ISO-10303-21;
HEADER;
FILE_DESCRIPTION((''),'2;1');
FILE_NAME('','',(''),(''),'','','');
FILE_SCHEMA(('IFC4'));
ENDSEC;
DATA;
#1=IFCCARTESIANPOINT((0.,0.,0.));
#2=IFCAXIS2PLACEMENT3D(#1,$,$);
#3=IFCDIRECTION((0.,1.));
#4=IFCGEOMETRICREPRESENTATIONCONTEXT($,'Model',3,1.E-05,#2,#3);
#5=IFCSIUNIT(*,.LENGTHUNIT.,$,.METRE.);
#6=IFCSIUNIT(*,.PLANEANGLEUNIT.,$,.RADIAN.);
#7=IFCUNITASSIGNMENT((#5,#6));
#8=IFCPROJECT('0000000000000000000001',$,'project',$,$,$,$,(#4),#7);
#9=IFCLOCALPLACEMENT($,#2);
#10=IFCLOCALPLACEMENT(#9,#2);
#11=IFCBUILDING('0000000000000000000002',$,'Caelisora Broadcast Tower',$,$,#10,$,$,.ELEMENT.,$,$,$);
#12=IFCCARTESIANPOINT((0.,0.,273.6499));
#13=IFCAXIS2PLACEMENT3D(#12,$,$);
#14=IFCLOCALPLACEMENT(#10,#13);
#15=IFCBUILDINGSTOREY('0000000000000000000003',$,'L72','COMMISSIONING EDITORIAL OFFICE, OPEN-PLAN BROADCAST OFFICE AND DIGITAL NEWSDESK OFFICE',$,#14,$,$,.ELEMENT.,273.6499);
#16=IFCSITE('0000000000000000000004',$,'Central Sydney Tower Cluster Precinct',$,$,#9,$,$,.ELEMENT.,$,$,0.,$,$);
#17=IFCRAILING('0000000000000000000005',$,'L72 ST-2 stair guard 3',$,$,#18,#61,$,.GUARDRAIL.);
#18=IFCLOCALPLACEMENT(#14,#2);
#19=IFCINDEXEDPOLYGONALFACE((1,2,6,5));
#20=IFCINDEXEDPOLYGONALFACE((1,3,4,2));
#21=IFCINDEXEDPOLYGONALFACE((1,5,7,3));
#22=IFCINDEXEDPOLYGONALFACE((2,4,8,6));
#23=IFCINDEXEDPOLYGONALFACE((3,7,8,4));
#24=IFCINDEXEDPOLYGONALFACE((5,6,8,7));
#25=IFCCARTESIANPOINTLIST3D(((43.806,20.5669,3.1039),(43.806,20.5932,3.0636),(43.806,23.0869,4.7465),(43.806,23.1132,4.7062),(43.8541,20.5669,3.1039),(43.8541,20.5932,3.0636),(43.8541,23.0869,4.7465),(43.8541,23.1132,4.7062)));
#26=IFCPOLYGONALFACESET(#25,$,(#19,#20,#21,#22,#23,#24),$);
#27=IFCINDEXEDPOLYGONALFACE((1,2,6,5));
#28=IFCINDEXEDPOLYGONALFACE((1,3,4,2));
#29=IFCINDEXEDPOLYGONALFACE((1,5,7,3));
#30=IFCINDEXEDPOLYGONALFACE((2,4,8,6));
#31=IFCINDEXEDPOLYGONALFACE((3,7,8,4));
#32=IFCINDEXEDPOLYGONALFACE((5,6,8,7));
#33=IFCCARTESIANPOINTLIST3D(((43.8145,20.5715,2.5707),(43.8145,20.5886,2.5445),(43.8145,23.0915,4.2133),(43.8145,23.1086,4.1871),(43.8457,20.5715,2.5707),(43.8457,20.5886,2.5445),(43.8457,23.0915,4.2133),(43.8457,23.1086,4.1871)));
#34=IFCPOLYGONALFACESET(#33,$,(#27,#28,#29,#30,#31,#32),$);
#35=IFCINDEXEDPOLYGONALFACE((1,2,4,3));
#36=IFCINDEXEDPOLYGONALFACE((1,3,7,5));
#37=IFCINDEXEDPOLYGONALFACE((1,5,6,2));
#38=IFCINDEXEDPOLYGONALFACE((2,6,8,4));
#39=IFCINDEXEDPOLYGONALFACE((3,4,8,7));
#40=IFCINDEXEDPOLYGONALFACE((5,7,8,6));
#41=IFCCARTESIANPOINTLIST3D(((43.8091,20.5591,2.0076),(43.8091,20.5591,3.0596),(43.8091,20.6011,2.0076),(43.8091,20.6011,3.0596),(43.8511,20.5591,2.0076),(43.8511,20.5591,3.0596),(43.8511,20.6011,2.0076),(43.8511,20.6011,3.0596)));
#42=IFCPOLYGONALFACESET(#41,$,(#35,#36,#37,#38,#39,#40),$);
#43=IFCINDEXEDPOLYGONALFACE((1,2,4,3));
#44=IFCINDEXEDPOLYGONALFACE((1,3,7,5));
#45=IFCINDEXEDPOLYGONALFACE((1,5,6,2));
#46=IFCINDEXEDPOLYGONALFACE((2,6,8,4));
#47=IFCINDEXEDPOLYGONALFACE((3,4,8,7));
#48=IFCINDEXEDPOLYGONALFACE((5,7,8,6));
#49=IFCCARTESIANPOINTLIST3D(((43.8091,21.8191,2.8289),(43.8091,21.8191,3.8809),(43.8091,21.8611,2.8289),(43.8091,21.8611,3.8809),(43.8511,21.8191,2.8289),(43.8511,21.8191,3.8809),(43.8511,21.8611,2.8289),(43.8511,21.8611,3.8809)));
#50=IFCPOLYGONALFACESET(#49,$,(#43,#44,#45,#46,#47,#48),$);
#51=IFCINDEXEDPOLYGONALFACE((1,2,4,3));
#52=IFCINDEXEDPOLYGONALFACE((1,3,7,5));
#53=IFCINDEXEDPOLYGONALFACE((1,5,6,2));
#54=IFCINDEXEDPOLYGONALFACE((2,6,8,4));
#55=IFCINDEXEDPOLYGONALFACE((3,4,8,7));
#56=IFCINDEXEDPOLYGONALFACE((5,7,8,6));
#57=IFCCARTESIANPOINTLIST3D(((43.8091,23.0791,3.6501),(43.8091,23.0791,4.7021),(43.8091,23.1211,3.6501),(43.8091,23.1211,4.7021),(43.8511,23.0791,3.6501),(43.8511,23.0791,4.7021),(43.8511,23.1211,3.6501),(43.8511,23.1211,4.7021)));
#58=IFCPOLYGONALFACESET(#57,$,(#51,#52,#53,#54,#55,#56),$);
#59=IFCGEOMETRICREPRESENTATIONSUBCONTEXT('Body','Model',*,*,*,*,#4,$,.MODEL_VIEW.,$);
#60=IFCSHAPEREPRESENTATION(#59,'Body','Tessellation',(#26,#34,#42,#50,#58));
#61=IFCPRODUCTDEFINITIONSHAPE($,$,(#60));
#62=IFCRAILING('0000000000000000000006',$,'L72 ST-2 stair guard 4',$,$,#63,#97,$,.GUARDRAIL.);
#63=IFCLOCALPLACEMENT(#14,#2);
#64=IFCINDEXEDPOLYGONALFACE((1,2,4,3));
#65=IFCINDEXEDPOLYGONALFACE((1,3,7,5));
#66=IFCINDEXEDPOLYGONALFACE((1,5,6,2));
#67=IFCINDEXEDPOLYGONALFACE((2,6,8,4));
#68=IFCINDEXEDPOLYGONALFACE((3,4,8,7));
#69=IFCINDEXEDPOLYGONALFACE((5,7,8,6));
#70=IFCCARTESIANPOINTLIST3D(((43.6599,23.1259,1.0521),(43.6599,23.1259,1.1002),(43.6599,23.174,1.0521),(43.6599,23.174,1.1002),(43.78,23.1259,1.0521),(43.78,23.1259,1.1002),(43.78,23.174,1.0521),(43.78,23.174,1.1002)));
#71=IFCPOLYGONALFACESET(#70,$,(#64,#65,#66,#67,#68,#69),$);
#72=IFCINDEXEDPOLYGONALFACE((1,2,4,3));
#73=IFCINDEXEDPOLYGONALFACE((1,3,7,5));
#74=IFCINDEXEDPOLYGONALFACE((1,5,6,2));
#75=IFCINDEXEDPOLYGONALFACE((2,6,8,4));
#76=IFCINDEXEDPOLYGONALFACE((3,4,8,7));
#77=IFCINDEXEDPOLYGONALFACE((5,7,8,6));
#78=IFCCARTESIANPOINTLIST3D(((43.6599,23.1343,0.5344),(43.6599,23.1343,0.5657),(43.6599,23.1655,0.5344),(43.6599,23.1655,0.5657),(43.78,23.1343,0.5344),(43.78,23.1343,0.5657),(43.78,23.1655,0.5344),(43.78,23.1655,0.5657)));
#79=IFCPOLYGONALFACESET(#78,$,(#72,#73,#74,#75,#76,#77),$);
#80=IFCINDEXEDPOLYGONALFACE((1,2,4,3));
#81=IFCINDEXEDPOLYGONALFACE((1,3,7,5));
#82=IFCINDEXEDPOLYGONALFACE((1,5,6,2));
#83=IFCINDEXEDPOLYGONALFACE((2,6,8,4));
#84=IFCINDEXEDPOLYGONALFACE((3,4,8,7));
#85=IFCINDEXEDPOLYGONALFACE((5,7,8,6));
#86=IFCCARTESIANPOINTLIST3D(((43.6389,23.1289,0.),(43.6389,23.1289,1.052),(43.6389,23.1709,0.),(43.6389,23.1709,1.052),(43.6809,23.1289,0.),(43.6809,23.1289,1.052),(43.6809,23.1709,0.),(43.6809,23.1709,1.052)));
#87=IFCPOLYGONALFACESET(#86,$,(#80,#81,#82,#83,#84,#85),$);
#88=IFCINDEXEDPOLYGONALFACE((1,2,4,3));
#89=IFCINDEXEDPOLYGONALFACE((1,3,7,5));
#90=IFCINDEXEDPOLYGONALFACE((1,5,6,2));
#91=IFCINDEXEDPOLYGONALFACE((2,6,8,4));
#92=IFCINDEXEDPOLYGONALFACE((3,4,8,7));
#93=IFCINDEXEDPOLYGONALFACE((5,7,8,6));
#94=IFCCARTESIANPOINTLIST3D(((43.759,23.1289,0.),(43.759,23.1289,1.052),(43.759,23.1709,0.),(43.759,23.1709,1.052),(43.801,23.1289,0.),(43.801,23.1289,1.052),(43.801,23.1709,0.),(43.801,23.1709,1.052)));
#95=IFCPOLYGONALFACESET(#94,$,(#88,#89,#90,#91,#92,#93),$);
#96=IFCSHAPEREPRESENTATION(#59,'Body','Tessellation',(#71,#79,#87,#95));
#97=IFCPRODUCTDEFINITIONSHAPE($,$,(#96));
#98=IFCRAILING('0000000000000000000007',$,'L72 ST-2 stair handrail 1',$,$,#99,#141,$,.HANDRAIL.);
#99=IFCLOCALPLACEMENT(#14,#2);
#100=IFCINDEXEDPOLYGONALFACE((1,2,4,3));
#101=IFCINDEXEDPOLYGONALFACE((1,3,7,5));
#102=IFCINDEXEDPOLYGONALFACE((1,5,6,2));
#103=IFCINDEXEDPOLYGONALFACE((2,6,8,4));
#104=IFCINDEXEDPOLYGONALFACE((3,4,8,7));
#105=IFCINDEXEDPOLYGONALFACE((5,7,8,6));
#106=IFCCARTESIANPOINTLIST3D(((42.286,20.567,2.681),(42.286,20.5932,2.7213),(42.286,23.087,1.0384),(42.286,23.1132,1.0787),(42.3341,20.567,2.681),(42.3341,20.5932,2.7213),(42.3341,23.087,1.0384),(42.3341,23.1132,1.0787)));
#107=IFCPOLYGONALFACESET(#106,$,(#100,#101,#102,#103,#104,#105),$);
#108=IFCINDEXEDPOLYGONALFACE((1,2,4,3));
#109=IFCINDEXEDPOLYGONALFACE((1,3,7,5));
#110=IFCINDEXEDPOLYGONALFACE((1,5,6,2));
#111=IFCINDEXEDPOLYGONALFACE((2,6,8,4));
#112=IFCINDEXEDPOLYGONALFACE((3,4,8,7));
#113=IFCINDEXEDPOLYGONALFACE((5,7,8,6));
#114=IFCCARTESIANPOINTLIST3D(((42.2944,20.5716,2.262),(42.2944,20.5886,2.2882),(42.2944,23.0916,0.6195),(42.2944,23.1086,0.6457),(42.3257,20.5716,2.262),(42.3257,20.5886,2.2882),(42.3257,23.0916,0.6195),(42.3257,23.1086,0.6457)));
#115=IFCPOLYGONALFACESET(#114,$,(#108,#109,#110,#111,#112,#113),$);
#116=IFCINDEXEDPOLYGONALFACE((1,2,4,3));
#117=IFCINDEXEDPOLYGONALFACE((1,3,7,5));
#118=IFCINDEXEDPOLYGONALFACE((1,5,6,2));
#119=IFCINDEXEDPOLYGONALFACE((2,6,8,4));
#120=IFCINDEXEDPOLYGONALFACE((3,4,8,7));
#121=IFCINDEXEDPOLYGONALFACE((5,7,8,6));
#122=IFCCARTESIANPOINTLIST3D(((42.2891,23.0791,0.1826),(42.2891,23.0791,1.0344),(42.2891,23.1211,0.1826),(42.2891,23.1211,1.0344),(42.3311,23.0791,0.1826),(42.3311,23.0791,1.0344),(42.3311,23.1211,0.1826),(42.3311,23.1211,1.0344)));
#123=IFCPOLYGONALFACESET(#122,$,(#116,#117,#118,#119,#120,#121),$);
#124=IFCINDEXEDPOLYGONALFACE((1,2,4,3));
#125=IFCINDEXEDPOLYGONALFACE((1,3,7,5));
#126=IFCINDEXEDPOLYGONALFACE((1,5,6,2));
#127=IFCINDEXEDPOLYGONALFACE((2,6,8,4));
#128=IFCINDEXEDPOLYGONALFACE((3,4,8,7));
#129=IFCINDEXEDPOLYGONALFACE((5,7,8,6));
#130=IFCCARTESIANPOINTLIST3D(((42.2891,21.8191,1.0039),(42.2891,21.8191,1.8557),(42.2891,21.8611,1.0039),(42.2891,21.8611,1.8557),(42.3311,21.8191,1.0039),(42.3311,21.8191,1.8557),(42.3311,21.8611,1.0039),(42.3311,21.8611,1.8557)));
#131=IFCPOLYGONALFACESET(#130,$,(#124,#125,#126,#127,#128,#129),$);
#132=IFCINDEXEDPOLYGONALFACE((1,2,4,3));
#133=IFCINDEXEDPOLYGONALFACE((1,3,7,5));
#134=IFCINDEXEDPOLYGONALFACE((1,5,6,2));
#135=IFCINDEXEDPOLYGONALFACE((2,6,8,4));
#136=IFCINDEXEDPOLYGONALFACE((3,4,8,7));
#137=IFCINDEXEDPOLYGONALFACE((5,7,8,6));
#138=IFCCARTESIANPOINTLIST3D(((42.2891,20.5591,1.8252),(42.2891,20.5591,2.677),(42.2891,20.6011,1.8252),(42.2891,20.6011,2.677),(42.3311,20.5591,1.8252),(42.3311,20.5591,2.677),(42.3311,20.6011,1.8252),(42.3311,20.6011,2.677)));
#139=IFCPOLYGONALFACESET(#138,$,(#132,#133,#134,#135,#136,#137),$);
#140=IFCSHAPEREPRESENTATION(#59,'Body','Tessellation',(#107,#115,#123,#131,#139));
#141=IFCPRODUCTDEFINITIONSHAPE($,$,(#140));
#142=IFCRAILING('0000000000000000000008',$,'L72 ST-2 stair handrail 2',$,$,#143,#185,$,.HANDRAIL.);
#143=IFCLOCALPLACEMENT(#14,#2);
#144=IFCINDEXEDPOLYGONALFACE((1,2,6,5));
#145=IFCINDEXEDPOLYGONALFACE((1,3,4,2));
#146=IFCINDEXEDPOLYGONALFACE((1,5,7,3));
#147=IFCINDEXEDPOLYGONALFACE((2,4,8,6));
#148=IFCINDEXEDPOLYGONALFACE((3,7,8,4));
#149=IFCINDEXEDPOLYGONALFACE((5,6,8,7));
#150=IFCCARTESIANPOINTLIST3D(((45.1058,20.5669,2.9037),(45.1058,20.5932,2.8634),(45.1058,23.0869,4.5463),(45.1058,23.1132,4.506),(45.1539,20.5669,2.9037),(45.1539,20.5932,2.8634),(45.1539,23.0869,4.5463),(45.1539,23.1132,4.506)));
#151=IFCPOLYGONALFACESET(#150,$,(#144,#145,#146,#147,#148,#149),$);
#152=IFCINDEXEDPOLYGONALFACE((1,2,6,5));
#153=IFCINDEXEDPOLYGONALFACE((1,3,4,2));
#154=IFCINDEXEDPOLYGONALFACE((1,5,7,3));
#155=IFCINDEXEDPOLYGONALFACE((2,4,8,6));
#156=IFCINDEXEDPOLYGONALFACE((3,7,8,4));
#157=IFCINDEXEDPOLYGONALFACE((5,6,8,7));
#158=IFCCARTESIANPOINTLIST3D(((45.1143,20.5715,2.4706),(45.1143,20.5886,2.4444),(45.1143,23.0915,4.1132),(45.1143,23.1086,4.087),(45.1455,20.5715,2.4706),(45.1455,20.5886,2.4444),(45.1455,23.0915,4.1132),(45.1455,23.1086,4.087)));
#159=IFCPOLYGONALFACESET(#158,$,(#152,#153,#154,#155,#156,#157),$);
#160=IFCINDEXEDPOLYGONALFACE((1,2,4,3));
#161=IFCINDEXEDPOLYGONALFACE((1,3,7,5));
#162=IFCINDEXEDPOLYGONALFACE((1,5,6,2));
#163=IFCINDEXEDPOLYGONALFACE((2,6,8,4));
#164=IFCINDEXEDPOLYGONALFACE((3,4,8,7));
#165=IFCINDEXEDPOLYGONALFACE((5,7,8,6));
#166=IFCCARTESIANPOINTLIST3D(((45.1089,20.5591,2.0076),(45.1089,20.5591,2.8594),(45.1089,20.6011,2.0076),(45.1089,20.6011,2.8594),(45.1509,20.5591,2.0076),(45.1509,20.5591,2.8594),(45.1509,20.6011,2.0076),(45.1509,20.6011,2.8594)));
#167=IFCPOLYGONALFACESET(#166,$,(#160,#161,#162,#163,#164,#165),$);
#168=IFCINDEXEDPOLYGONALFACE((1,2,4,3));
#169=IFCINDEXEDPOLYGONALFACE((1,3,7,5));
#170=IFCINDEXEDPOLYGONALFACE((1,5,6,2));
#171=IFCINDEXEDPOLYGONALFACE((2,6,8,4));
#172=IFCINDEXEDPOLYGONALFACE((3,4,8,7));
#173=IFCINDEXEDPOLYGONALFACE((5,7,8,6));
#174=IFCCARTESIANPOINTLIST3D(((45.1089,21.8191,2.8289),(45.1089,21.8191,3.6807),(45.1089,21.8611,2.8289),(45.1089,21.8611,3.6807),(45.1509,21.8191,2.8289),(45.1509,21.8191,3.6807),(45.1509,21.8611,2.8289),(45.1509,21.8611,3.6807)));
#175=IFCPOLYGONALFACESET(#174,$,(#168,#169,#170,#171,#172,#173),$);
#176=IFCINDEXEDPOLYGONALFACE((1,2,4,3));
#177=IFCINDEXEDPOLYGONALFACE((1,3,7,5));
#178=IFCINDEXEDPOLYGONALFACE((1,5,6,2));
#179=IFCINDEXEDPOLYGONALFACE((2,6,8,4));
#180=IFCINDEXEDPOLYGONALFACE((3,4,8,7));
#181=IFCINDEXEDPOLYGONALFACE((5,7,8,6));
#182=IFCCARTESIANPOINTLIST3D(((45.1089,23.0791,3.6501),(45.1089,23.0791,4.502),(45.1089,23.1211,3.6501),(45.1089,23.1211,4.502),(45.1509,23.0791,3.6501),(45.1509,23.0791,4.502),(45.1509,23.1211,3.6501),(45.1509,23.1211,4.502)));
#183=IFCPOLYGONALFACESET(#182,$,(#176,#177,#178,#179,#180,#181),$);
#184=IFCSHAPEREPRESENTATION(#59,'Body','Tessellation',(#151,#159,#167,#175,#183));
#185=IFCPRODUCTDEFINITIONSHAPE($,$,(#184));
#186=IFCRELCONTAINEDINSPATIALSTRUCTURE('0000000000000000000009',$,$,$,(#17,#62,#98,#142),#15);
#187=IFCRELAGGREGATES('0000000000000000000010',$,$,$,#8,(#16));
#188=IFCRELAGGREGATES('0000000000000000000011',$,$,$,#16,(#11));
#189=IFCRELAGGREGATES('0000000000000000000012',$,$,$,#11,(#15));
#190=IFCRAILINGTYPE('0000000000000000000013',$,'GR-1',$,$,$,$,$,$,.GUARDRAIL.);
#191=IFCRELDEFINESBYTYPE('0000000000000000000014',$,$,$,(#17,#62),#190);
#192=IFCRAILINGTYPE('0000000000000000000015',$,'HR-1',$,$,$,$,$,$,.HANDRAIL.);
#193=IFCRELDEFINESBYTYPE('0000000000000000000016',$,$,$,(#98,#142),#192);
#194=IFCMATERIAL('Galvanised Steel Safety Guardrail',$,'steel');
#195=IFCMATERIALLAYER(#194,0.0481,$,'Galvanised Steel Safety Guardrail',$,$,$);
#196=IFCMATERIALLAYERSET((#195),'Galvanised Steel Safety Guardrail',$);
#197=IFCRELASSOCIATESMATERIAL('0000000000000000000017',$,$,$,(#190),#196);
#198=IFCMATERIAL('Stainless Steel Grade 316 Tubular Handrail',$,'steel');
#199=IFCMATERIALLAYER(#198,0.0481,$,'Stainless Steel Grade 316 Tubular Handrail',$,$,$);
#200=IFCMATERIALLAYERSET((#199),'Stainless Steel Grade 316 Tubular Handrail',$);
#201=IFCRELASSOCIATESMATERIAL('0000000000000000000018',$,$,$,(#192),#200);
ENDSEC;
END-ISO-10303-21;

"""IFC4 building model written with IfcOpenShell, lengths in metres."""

from ifc_helpers import new_model, si_unit, direction, frame, origin, origin_2d, place, context, subcontext, project, spatial, rectangle, extrude, material, layer, layer_set, type_object, element, save


model = new_model("IFC4")

# Units and contexts
model_context = context("Model", 3, precision=1e-05, world=origin(), true_north=direction((0.0, 1.0)))
body_context = subcontext(model_context, "Body", "Model", "MODEL_VIEW")
ifc_project = project(units=[si_unit("LENGTHUNIT", "METRE"), si_unit("PLANEANGLEUNIT", "RADIAN")], contexts=[model_context])

# Site, building, storey
site_placement = place(None, origin())
site = spatial("IfcSite", under=ifc_project, at=site_placement, Name="Central Sydney Tower Cluster Precinct", CompositionType="ELEMENT", RefElevation=0.0)
building_placement = place(site_placement, origin())
building = spatial("IfcBuilding", under=site, at=building_placement, Name="Caelisora Broadcast Tower", CompositionType="ELEMENT")
storey_placement = place(building_placement, frame((0.0, 0.0, 273.6499)))
storey = spatial("IfcBuildingStorey", under=building, at=storey_placement, Name="L72", Description="COMMISSIONING EDITORIAL OFFICE, OPEN-PLAN BROADCAST OFFICE AND DIGITAL NEWSDESK OFFICE", CompositionType="ELEMENT", Elevation=273.6499)

# Railings
ifc_material_1 = material(Name="Galvanised Steel Safety Guardrail", Category="steel")
ifc_layer_1 = layer(ifc_material_1, 0.0481, Name="Galvanised Steel Safety Guardrail")
ifc_layer_set_1 = layer_set([ifc_layer_1], Name="Galvanised Steel Safety Guardrail")
railing_type_1 = type_object("IfcRailingType", Name="GR-1", PredefinedType="GUARDRAIL", material=ifc_layer_set_1)
railing_1_placement = place(storey_placement, frame((43.8301, 20.5801, 2.0076)))
element("IfcRailing", 1, at=railing_1_placement, inside=storey, type_object=railing_type_1, Name="L72 ST-2 stair guard 3", PredefinedType="GUARDRAIL", context=body_context, shape_type="SweptSolid", body=[
    extrude(rectangle(XDim=0.0481, YDim=0.0481, at=origin_2d()), frame((0.0, 0.0, 1.0762), z_axis=(0.0, 0.837749, 0.546055), x_axis=(-1.0, 0.0, 0.0)), (0.0, 0.0, 1.0), 3.0081),
    extrude(rectangle(XDim=0.0312, YDim=0.0312, at=origin_2d()), frame((0.0, 0.0, 0.55), z_axis=(0.0, 0.837749, 0.546055), x_axis=(-1.0, 0.0, 0.0)), (0.0, 0.0, 1.0), 3.0081),
    extrude(rectangle(XDim=0.042, YDim=0.042, at=origin_2d()), origin(), (0.0, 0.0, 1.0), 1.052),
    extrude(rectangle(XDim=0.042, YDim=0.042, at=origin_2d()), frame((0.0, 1.26, 0.8213)), (0.0, 0.0, 1.0), 1.052),
    extrude(rectangle(XDim=0.042, YDim=0.042, at=origin_2d()), frame((0.0, 2.52, 1.6426)), (0.0, 0.0, 1.0), 1.052),
])
railing_2_placement = place(storey_placement, frame((43.6599, 23.1499, 0.0)))
element("IfcRailing", 2, at=railing_2_placement, inside=storey, type_object=railing_type_1, Name="L72 ST-2 stair guard 4", PredefinedType="GUARDRAIL", context=body_context, shape_type="SweptSolid", body=[
    extrude(rectangle(XDim=0.0481, YDim=0.0481, at=origin_2d()), frame((0.0, 0.0, 1.0762), z_axis=(1.0, 0.0, 0.0), x_axis=(0.0, 1.0, 0.0)), (0.0, 0.0, 1.0), 0.1201),
    extrude(rectangle(XDim=0.0312, YDim=0.0312, at=origin_2d()), frame((0.0, 0.0, 0.55), z_axis=(1.0, 0.0, 0.0), x_axis=(0.0, 1.0, 0.0)), (0.0, 0.0, 1.0), 0.1201),
    extrude(rectangle(XDim=0.042, YDim=0.042, at=origin_2d()), origin(), (0.0, 0.0, 1.0), 1.052),
    extrude(rectangle(XDim=0.042, YDim=0.042, at=origin_2d()), frame((0.1201, 0.0, 0.0)), (0.0, 0.0, 1.0), 1.052),
])
ifc_material_2 = material(Name="Stainless Steel Grade 316 Tubular Handrail", Category="steel")
ifc_layer_2 = layer(ifc_material_2, 0.0481, Name="Stainless Steel Grade 316 Tubular Handrail")
ifc_layer_set_2 = layer_set([ifc_layer_2], Name="Stainless Steel Grade 316 Tubular Handrail")
railing_type_2 = type_object("IfcRailingType", Name="HR-1", PredefinedType="HANDRAIL", material=ifc_layer_set_2)
railing_3_placement = place(storey_placement, frame((42.3101, 23.1001, 0.1826)))
element("IfcRailing", 3, at=railing_3_placement, inside=storey, type_object=railing_type_2, Name="L72 ST-2 stair handrail 1", PredefinedType="HANDRAIL", context=body_context, shape_type="SweptSolid", body=[
    extrude(rectangle(XDim=0.0481, YDim=0.0481, at=origin_2d()), frame((0.0, 0.0, 0.876), z_axis=(0.0, -0.837749, 0.546055), x_axis=(1.0, 0.0, 0.0)), (0.0, 0.0, 1.0), 3.0081),
    extrude(rectangle(XDim=0.0312, YDim=0.0312, at=origin_2d()), frame((0.0, 0.0, 0.45), z_axis=(0.0, -0.837749, 0.546055), x_axis=(1.0, 0.0, 0.0)), (0.0, 0.0, 1.0), 3.0081),
    extrude(rectangle(XDim=0.042, YDim=0.042, at=origin_2d()), origin(), (0.0, 0.0, 1.0), 0.8518),
    extrude(rectangle(XDim=0.042, YDim=0.042, at=origin_2d()), frame((0.0, -1.26, 0.8213)), (0.0, 0.0, 1.0), 0.8518),
    extrude(rectangle(XDim=0.042, YDim=0.042, at=origin_2d()), frame((0.0, -2.52, 1.6426)), (0.0, 0.0, 1.0), 0.8518),
])
railing_4_placement = place(storey_placement, frame((45.1299, 20.5801, 2.0076)))
element("IfcRailing", 4, at=railing_4_placement, inside=storey, type_object=railing_type_2, Name="L72 ST-2 stair handrail 2", PredefinedType="HANDRAIL", context=body_context, shape_type="SweptSolid", body=[
    extrude(rectangle(XDim=0.0481, YDim=0.0481, at=origin_2d()), frame((0.0, 0.0, 0.876), z_axis=(0.0, 0.837749, 0.546055), x_axis=(-1.0, 0.0, 0.0)), (0.0, 0.0, 1.0), 3.0081),
    extrude(rectangle(XDim=0.0312, YDim=0.0312, at=origin_2d()), frame((0.0, 0.0, 0.45), z_axis=(0.0, 0.837749, 0.546055), x_axis=(-1.0, 0.0, 0.0)), (0.0, 0.0, 1.0), 3.0081),
    extrude(rectangle(XDim=0.042, YDim=0.042, at=origin_2d()), origin(), (0.0, 0.0, 1.0), 0.8518),
    extrude(rectangle(XDim=0.042, YDim=0.042, at=origin_2d()), frame((0.0, 1.26, 0.8213)), (0.0, 0.0, 1.0), 0.8518),
    extrude(rectangle(XDim=0.042, YDim=0.042, at=origin_2d()), frame((0.0, 2.52, 1.6426)), (0.0, 0.0, 1.0), 0.8518),
])

save(model, "model.ifc")
